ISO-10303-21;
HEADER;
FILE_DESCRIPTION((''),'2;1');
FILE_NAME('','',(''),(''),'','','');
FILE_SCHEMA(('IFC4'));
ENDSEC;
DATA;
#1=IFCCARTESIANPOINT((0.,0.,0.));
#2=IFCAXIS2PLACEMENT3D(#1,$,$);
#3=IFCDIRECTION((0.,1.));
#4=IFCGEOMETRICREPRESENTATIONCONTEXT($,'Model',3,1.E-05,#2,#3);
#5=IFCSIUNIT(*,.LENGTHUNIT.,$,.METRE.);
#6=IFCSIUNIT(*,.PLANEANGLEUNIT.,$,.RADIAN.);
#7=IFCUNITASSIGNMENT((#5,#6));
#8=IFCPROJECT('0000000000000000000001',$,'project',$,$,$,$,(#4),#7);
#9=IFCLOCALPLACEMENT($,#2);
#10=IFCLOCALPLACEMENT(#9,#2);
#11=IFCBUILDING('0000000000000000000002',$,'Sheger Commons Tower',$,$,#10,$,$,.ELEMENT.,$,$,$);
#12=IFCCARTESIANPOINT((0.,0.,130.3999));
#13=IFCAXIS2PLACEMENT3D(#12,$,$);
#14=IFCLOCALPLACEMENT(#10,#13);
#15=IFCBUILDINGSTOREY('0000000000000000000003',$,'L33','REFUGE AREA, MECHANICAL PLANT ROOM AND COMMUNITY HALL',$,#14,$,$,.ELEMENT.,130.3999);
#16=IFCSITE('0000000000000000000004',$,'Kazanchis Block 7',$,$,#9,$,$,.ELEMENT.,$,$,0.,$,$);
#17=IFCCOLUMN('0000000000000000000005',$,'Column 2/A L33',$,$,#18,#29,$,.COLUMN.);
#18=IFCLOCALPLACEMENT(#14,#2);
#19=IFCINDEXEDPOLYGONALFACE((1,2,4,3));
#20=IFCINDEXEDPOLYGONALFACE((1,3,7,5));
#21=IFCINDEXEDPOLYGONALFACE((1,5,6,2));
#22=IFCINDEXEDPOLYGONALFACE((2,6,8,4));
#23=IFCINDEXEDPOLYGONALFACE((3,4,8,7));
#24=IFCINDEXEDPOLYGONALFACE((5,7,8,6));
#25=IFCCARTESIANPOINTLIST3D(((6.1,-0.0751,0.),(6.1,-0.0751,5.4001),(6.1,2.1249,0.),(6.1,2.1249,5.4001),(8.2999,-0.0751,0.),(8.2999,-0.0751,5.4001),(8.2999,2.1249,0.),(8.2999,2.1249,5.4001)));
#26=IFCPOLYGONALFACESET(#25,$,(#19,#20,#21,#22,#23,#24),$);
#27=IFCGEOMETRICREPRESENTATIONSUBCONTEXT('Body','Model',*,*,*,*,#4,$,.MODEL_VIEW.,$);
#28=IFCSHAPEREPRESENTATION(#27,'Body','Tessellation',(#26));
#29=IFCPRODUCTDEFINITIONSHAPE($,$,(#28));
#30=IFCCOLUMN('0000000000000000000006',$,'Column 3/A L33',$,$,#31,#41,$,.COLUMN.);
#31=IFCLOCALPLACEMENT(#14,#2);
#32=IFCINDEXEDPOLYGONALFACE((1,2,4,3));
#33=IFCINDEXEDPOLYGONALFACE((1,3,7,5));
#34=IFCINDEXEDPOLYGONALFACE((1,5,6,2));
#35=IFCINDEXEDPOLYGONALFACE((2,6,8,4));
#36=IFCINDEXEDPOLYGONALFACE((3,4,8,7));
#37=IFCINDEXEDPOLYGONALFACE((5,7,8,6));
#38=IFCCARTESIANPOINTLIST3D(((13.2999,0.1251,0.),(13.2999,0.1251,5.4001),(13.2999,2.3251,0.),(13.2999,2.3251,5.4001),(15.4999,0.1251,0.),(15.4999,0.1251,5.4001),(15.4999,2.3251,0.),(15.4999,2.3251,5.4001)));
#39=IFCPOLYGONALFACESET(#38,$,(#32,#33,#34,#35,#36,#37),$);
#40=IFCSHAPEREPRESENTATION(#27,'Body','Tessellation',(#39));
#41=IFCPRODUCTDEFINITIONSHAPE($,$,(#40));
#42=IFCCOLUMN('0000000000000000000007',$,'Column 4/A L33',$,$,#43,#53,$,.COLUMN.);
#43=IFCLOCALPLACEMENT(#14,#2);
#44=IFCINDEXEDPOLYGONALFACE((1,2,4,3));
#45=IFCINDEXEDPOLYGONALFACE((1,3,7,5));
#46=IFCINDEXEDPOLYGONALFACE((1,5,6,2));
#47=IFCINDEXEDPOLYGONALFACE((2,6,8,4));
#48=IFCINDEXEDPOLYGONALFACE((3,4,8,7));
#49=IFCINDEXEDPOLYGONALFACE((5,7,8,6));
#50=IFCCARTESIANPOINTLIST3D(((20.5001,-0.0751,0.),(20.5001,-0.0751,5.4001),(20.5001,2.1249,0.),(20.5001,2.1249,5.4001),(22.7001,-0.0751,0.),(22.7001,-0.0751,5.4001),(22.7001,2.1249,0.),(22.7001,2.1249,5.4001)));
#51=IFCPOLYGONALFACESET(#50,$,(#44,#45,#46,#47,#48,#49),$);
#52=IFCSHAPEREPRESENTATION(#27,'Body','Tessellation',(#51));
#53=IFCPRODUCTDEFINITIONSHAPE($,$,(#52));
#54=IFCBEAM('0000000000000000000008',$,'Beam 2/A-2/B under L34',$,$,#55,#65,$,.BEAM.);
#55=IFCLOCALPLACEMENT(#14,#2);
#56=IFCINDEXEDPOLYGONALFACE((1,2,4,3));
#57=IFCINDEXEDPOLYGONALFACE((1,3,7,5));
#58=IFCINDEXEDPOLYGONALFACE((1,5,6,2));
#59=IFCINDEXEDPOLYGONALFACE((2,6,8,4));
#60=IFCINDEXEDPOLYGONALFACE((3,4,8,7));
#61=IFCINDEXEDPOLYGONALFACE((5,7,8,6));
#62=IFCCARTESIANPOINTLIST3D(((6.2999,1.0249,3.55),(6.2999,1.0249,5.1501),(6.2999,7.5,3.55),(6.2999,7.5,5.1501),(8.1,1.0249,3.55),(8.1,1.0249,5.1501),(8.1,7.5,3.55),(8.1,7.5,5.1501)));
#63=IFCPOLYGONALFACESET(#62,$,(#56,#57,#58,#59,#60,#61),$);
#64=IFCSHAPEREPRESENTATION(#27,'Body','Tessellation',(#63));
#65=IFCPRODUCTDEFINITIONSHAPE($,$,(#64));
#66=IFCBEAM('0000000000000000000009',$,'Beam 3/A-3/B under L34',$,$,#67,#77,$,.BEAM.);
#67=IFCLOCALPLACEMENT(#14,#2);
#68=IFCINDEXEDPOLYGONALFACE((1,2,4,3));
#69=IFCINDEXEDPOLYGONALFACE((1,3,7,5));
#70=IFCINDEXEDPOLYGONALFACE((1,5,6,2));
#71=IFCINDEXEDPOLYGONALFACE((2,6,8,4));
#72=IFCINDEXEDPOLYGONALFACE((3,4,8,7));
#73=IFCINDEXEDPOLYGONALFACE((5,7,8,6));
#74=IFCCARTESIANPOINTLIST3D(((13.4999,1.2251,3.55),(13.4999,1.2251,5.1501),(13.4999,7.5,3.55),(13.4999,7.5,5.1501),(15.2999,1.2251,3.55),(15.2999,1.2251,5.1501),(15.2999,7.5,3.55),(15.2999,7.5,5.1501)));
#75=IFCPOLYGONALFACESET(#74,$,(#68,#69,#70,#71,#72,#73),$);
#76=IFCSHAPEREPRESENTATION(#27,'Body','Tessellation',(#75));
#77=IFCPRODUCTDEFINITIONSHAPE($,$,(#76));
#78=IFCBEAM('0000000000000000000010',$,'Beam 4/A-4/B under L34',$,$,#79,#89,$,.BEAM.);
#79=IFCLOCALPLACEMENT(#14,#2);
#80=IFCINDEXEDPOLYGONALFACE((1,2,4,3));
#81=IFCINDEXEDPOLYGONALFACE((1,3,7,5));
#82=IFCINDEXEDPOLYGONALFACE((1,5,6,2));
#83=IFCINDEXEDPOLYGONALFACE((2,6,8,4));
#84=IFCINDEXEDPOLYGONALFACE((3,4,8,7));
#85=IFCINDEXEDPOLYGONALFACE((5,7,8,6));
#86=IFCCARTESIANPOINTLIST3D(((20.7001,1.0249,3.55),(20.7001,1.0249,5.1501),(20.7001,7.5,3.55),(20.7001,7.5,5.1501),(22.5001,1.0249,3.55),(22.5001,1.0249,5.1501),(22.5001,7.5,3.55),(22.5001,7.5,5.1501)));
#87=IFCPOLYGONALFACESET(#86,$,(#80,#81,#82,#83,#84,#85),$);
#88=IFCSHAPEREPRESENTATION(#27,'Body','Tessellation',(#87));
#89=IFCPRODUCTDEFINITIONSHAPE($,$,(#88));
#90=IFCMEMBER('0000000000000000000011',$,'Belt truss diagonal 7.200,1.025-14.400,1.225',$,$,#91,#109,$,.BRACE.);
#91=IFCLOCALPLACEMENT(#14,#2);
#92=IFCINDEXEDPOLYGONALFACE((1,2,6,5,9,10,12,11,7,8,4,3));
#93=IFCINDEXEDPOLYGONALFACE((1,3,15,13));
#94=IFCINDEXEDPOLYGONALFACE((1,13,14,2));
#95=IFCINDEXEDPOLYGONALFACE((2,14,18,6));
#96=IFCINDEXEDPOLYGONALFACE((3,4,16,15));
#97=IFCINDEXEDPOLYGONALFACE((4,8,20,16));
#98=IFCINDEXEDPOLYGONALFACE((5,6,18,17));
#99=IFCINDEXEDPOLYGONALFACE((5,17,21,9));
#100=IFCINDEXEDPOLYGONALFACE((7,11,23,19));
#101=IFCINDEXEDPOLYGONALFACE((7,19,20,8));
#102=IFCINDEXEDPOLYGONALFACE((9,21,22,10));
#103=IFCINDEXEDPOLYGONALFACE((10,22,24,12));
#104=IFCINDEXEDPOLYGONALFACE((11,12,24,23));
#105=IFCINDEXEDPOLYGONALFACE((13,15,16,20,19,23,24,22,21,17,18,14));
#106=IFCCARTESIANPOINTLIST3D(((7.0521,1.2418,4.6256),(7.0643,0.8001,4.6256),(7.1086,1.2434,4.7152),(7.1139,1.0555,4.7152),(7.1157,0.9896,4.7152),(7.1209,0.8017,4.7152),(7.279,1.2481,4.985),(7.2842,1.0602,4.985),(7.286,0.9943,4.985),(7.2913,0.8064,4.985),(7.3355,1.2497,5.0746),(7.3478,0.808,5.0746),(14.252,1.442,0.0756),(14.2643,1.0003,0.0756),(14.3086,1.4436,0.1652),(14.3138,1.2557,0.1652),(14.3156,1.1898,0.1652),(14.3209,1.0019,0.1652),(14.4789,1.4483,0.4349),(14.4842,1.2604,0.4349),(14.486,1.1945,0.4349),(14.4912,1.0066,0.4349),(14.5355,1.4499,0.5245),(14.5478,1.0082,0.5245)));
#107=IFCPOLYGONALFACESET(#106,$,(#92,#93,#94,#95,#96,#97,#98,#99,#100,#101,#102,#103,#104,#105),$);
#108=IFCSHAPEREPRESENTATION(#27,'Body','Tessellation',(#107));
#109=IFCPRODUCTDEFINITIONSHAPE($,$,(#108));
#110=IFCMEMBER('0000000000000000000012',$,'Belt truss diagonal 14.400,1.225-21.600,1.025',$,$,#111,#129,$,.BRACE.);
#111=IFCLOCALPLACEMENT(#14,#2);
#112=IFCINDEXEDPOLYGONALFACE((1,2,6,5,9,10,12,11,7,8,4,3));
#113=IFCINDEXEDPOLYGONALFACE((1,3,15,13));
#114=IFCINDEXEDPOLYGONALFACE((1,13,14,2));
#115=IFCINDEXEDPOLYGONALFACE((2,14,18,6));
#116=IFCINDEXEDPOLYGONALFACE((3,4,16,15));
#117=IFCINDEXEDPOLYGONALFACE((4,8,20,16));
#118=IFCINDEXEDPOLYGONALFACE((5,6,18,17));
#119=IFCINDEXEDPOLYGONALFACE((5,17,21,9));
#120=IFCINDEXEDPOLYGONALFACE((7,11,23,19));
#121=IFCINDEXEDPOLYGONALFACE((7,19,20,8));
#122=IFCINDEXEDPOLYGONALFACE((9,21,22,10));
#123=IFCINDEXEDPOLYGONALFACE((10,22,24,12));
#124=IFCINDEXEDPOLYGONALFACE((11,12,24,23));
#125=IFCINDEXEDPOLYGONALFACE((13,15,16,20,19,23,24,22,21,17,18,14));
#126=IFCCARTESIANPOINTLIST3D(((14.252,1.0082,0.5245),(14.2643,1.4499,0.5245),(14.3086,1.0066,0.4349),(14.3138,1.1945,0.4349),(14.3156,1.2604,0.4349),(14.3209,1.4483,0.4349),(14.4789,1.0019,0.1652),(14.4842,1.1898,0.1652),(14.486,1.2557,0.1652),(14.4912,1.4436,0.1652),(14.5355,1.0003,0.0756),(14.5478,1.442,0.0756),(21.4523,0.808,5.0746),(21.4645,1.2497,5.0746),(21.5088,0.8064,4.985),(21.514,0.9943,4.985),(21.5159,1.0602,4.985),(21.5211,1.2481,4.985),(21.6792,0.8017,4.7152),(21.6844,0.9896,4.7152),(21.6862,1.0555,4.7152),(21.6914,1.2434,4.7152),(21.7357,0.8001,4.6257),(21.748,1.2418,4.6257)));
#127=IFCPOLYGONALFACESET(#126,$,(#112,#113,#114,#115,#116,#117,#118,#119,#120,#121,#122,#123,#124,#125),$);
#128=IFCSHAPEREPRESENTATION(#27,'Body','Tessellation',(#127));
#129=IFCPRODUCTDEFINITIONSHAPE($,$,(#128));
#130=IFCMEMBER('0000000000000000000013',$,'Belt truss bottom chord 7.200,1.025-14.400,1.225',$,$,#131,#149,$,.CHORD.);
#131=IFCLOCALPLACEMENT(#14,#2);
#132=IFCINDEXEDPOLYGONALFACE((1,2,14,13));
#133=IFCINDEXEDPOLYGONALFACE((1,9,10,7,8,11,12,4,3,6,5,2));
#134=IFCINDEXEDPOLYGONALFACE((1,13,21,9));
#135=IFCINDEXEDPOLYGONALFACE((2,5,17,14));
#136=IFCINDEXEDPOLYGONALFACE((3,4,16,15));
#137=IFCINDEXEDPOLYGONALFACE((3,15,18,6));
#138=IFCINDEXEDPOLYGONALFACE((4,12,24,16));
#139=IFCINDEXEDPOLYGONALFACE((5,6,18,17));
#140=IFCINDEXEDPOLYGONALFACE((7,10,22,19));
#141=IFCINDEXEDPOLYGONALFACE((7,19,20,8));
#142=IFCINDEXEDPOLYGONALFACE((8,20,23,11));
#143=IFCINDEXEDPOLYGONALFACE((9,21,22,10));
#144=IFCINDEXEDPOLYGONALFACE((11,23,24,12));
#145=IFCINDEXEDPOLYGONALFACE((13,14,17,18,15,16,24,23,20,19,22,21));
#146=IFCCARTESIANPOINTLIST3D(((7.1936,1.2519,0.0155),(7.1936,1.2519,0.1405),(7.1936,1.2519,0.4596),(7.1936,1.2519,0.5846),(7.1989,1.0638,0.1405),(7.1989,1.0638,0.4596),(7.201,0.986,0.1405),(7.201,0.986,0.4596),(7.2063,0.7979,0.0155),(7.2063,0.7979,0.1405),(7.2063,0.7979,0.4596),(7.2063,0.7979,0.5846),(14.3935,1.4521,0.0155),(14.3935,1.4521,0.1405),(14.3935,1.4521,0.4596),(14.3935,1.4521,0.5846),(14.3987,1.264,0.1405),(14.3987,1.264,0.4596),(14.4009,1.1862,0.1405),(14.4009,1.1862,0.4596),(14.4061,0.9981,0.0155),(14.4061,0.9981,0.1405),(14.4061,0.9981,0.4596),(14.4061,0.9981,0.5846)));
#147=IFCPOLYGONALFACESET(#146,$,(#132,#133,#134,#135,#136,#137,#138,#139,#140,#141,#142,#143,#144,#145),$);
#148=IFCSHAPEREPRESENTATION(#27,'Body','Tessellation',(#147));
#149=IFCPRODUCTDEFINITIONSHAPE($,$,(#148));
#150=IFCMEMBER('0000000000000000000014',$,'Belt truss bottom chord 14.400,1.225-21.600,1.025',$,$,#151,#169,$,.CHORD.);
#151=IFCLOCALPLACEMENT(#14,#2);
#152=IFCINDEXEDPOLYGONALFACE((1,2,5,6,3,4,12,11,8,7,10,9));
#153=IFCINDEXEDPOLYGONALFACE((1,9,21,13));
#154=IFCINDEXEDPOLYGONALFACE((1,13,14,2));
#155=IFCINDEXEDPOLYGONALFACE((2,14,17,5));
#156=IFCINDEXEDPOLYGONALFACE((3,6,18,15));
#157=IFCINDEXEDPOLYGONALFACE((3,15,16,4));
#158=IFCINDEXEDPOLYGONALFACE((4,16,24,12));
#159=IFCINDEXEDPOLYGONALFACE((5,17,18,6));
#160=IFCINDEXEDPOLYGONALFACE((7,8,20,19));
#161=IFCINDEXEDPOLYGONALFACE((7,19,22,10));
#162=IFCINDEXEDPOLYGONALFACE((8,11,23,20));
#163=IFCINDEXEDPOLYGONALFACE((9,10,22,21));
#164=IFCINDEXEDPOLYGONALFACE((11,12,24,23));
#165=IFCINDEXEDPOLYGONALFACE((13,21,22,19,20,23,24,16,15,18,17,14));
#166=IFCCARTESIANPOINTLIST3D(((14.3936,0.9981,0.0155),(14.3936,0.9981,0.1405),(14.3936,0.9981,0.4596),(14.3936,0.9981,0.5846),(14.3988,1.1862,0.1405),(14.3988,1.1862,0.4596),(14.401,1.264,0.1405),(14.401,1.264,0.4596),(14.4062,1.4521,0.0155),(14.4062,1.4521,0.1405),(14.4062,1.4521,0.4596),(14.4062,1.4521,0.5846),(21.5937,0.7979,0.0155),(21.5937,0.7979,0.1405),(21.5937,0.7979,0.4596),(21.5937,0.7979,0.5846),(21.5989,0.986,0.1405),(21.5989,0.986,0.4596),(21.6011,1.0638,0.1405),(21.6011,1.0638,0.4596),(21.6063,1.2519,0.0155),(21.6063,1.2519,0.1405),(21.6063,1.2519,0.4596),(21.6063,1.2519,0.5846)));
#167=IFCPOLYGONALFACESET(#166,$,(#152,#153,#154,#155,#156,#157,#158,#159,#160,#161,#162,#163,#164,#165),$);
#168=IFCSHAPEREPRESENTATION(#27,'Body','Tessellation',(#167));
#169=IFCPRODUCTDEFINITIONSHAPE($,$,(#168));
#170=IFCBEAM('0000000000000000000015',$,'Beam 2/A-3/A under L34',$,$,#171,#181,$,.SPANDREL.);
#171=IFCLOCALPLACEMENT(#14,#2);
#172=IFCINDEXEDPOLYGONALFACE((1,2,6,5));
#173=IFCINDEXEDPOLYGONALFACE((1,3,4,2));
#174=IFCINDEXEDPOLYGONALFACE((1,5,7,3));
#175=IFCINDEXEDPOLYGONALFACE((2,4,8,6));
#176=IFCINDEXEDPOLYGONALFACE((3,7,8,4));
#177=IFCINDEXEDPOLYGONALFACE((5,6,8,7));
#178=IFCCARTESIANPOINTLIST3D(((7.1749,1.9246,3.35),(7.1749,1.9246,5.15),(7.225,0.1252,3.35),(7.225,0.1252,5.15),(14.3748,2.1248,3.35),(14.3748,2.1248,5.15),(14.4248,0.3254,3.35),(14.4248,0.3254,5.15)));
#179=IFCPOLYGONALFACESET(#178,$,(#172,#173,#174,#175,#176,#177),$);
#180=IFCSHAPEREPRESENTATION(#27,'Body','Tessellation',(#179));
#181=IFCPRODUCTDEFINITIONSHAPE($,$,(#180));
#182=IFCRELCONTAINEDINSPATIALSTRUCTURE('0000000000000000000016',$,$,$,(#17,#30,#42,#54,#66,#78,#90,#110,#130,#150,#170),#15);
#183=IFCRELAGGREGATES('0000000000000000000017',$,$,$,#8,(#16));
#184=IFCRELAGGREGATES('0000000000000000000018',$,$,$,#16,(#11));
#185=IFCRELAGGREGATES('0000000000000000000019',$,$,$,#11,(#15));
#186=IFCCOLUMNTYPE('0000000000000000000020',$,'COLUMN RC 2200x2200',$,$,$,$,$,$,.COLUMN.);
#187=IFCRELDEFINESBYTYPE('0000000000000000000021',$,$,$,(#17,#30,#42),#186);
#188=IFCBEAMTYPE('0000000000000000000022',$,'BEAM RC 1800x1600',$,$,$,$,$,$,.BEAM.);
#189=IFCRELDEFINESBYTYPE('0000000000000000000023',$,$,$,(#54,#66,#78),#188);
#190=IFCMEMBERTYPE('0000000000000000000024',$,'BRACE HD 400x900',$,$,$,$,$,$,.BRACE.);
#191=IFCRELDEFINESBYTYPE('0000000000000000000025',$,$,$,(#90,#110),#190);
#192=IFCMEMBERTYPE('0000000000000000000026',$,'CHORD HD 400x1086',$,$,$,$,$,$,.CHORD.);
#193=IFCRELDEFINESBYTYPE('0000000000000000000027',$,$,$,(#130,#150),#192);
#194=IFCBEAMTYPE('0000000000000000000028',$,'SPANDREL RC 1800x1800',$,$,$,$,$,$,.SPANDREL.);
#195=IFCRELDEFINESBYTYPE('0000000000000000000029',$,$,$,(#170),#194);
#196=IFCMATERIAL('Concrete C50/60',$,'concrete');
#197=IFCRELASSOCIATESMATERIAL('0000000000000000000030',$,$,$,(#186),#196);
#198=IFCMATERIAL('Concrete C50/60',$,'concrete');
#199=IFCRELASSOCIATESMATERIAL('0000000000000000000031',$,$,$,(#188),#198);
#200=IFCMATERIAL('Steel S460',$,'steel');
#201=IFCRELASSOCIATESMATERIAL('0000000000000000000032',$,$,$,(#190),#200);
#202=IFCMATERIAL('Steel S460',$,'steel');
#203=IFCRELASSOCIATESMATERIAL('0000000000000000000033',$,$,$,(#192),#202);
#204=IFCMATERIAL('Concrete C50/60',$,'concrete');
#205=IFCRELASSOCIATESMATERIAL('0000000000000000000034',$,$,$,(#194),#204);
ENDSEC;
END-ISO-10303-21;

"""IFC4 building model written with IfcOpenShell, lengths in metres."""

from ifc_helpers import new_model, si_unit, direction, frame, origin, origin_2d, place, context, subcontext, project, spatial, rectangle, i_section, extrude, material, material_profile, profile_set, type_object, element, save


model = new_model("IFC4")

# Units and contexts
model_context = context("Model", 3, precision=1e-05, world=origin(), true_north=direction((0.0, 1.0)))
body_context = subcontext(model_context, "Body", "Model", "MODEL_VIEW")
ifc_project = project(units=[si_unit("LENGTHUNIT", "METRE"), si_unit("PLANEANGLEUNIT", "RADIAN")], contexts=[model_context])

# Site, building, storey
site_placement = place(None, origin())
site = spatial("IfcSite", under=ifc_project, at=site_placement, Name="Kazanchis Block 7", CompositionType="ELEMENT", RefElevation=0.0)
building_placement = place(site_placement, origin())
building = spatial("IfcBuilding", under=site, at=building_placement, Name="Sheger Commons Tower", CompositionType="ELEMENT")
storey_placement = place(building_placement, frame((0.0, 0.0, 130.3999)))
storey = spatial("IfcBuildingStorey", under=building, at=storey_placement, Name="L33", Description="REFUGE AREA, MECHANICAL PLANT ROOM AND COMMUNITY HALL", CompositionType="ELEMENT", Elevation=130.3999)

# Columns
ifc_material_1 = material(Name="Concrete C50/60", Category="concrete")
ifc_material_profile_1 = material_profile(ifc_material_1, rectangle(XDim=2.2, YDim=2.2, at=origin_2d()), Name="RC 2200x2200")
ifc_profile_set_1 = profile_set([ifc_material_profile_1], Name="Concrete C50/60")
column_type = type_object("IfcColumnType", Name="COLUMN RC 2200x2200", PredefinedType="COLUMN", material=ifc_profile_set_1)
for number, where, z_axis, x_axis, name in (
    (1, (7.2, 1.0249, 0.0), (0.0, 0.0, 1.0), (1.0, 0.0, 0.0), "Column 2/A L33"),
    (2, (14.3999, 1.2251, 0.0), (0.0, 0.0, 1.0), (1.0, 0.0, 0.0), "Column 3/A L33"),
    (3, (21.6001, 1.0249, 0.0), (0.0, 0.0, 1.0), (1.0, 0.0, 0.0), "Column 4/A L33"),
):
    element("IfcColumn", number, at=place(storey_placement, frame(where, z_axis=z_axis, x_axis=x_axis)), inside=storey, type_object=column_type, Name=name, PredefinedType="COLUMN", context=body_context, shape_type="SweptSolid", body=[
        extrude(rectangle(XDim=2.2, YDim=2.2, at=origin_2d()), origin(), (0.0, 0.0, 1.0), 5.4001),
    ])

# Beams
ifc_material_2 = material(Name="Concrete C50/60", Category="concrete")
ifc_material_profile_2 = material_profile(ifc_material_2, rectangle(XDim=1.8, YDim=1.6001, at=origin_2d()), Name="RC 1800x1600")
ifc_profile_set_2 = profile_set([ifc_material_profile_2], Name="Concrete C50/60")
beam_type_1 = type_object("IfcBeamType", Name="BEAM RC 1800x1600", PredefinedType="BEAM", material=ifc_profile_set_2)
beam_1_placement = place(storey_placement, frame((7.2, 1.0249, 4.3501), z_axis=(0.0, 1.0, 0.0), x_axis=(-1.0, 0.0, 0.0)))
element("IfcBeam", 4, at=beam_1_placement, inside=storey, type_object=beam_type_1, Name="Beam 2/A-2/B under L34", PredefinedType="BEAM", context=body_context, shape_type="SweptSolid", body=[
    extrude(rectangle(XDim=1.8, YDim=1.6001, at=origin_2d()), origin(), (0.0, 0.0, 1.0), 6.4751),
])
beam_2_placement = place(storey_placement, frame((14.3999, 1.2251, 4.3501), z_axis=(0.0, 1.0, 0.0), x_axis=(-1.0, 0.0, 0.0)))
element("IfcBeam", 5, at=beam_2_placement, inside=storey, type_object=beam_type_1, Name="Beam 3/A-3/B under L34", PredefinedType="BEAM", context=body_context, shape_type="SweptSolid", body=[
    extrude(rectangle(XDim=1.8, YDim=1.6001, at=origin_2d()), origin(), (0.0, 0.0, 1.0), 6.2749),
])
beam_3_placement = place(storey_placement, frame((21.6001, 1.0249, 4.3501), z_axis=(0.0, 1.0, 0.0), x_axis=(-1.0, 0.0, 0.0)))
element("IfcBeam", 6, at=beam_3_placement, inside=storey, type_object=beam_type_1, Name="Beam 4/A-4/B under L34", PredefinedType="BEAM", context=body_context, shape_type="SweptSolid", body=[
    extrude(rectangle(XDim=1.8, YDim=1.6001, at=origin_2d()), origin(), (0.0, 0.0, 1.0), 6.4751),
])

# Members
ifc_material_3 = material(Name="Steel S460", Category="steel")
ifc_material_profile_3 = material_profile(ifc_material_3, i_section(OverallWidth=0.4419, OverallDepth=0.531, WebThickness=0.0659, FlangeThickness=0.106, at=origin_2d()), Name="HD 400x900")
ifc_profile_set_3 = profile_set([ifc_material_profile_3], Name="Steel S460")
member_type_1 = type_object("IfcMemberType", Name="BRACE HD 400x900", PredefinedType="BRACE", material=ifc_profile_set_3)
member_1_placement = place(storey_placement, frame((14.3999, 1.2251, 0.3), z_axis=(-0.845112, -0.023498, 0.534073), x_axis=(0.027794, -0.999614, 0.0)))
element("IfcMember", 7, at=member_1_placement, inside=storey, type_object=member_type_1, Name="Belt truss diagonal 7.200,1.025-14.400,1.225", PredefinedType="BRACE", context=body_context, shape_type="SweptSolid", body=[
    extrude(i_section(OverallWidth=0.4419, OverallDepth=0.531, WebThickness=0.0659, FlangeThickness=0.106, at=origin_2d()), origin(), (0.0, 0.0, 1.0), 8.5195),
])
member_2_placement = place(storey_placement, frame((14.3999, 1.2251, 0.3), z_axis=(0.84512, -0.023498, 0.53406), x_axis=(0.027793, 0.999614, 0.0)))
element("IfcMember", 8, at=member_2_placement, inside=storey, type_object=member_type_1, Name="Belt truss diagonal 14.400,1.225-21.600,1.025", PredefinedType="BRACE", context=body_context, shape_type="SweptSolid", body=[
    extrude(i_section(OverallWidth=0.4419, OverallDepth=0.531, WebThickness=0.0659, FlangeThickness=0.106, at=origin_2d()), origin(), (0.0, 0.0, 1.0), 8.5198),
])
ifc_material_4 = material(Name="Steel S460", Category="steel")
ifc_material_profile_4 = material_profile(ifc_material_4, i_section(OverallWidth=0.4541, OverallDepth=0.5691, WebThickness=0.0779, FlangeThickness=0.125, at=origin_2d()), Name="HD 400x1086")
ifc_profile_set_4 = profile_set([ifc_material_profile_4], Name="Steel S460")
member_type_2 = type_object("IfcMemberType", Name="CHORD HD 400x1086", PredefinedType="CHORD", material=ifc_profile_set_4)
member_3_placement = place(storey_placement, frame((7.2, 1.0249, 0.3), z_axis=(0.999614, 0.027794, 0.0), x_axis=(-0.027794, 0.999614, 0.0)))
element("IfcMember", 9, at=member_3_placement, inside=storey, type_object=member_type_2, Name="Belt truss bottom chord 7.200,1.025-14.400,1.225", PredefinedType="CHORD", context=body_context, shape_type="SweptSolid", body=[
    extrude(i_section(OverallWidth=0.4541, OverallDepth=0.5691, WebThickness=0.0779, FlangeThickness=0.125, at=origin_2d()), origin(), (0.0, 0.0, 1.0), 7.2026),
])
member_4_placement = place(storey_placement, frame((14.3999, 1.2251, 0.3), z_axis=(0.999614, -0.027793, 0.0), x_axis=(0.027793, 0.999614, 0.0)))
element("IfcMember", 10, at=member_4_placement, inside=storey, type_object=member_type_2, Name="Belt truss bottom chord 14.400,1.225-21.600,1.025", PredefinedType="CHORD", context=body_context, shape_type="SweptSolid", body=[
    extrude(i_section(OverallWidth=0.4541, OverallDepth=0.5691, WebThickness=0.0779, FlangeThickness=0.125, at=origin_2d()), origin(), (0.0, 0.0, 1.0), 7.2029),
])

# Beam
ifc_material_5 = material(Name="Concrete C50/60", Category="concrete")
ifc_material_profile_5 = material_profile(ifc_material_5, rectangle(XDim=1.8, YDim=1.8, at=origin_2d()), Name="RC 1800x1800")
ifc_profile_set_5 = profile_set([ifc_material_profile_5], Name="Concrete C50/60")
beam_type_2 = type_object("IfcBeamType", Name="SPANDREL RC 1800x1800", PredefinedType="SPANDREL", material=ifc_profile_set_5)
beam_4_placement = place(storey_placement, frame((7.2, 1.0249, 4.25), z_axis=(0.999614, 0.027794, 0.0), x_axis=(-0.027794, 0.999614, 0.0)))
element("IfcBeam", 11, at=beam_4_placement, inside=storey, type_object=beam_type_2, Name="Beam 2/A-3/A under L34", PredefinedType="SPANDREL", context=body_context, shape_type="SweptSolid", body=[
    extrude(rectangle(XDim=1.8, YDim=1.8, at=origin_2d()), origin(), (0.0, 0.0, 1.0), 7.2026),
])

save(model, "model.ifc")
